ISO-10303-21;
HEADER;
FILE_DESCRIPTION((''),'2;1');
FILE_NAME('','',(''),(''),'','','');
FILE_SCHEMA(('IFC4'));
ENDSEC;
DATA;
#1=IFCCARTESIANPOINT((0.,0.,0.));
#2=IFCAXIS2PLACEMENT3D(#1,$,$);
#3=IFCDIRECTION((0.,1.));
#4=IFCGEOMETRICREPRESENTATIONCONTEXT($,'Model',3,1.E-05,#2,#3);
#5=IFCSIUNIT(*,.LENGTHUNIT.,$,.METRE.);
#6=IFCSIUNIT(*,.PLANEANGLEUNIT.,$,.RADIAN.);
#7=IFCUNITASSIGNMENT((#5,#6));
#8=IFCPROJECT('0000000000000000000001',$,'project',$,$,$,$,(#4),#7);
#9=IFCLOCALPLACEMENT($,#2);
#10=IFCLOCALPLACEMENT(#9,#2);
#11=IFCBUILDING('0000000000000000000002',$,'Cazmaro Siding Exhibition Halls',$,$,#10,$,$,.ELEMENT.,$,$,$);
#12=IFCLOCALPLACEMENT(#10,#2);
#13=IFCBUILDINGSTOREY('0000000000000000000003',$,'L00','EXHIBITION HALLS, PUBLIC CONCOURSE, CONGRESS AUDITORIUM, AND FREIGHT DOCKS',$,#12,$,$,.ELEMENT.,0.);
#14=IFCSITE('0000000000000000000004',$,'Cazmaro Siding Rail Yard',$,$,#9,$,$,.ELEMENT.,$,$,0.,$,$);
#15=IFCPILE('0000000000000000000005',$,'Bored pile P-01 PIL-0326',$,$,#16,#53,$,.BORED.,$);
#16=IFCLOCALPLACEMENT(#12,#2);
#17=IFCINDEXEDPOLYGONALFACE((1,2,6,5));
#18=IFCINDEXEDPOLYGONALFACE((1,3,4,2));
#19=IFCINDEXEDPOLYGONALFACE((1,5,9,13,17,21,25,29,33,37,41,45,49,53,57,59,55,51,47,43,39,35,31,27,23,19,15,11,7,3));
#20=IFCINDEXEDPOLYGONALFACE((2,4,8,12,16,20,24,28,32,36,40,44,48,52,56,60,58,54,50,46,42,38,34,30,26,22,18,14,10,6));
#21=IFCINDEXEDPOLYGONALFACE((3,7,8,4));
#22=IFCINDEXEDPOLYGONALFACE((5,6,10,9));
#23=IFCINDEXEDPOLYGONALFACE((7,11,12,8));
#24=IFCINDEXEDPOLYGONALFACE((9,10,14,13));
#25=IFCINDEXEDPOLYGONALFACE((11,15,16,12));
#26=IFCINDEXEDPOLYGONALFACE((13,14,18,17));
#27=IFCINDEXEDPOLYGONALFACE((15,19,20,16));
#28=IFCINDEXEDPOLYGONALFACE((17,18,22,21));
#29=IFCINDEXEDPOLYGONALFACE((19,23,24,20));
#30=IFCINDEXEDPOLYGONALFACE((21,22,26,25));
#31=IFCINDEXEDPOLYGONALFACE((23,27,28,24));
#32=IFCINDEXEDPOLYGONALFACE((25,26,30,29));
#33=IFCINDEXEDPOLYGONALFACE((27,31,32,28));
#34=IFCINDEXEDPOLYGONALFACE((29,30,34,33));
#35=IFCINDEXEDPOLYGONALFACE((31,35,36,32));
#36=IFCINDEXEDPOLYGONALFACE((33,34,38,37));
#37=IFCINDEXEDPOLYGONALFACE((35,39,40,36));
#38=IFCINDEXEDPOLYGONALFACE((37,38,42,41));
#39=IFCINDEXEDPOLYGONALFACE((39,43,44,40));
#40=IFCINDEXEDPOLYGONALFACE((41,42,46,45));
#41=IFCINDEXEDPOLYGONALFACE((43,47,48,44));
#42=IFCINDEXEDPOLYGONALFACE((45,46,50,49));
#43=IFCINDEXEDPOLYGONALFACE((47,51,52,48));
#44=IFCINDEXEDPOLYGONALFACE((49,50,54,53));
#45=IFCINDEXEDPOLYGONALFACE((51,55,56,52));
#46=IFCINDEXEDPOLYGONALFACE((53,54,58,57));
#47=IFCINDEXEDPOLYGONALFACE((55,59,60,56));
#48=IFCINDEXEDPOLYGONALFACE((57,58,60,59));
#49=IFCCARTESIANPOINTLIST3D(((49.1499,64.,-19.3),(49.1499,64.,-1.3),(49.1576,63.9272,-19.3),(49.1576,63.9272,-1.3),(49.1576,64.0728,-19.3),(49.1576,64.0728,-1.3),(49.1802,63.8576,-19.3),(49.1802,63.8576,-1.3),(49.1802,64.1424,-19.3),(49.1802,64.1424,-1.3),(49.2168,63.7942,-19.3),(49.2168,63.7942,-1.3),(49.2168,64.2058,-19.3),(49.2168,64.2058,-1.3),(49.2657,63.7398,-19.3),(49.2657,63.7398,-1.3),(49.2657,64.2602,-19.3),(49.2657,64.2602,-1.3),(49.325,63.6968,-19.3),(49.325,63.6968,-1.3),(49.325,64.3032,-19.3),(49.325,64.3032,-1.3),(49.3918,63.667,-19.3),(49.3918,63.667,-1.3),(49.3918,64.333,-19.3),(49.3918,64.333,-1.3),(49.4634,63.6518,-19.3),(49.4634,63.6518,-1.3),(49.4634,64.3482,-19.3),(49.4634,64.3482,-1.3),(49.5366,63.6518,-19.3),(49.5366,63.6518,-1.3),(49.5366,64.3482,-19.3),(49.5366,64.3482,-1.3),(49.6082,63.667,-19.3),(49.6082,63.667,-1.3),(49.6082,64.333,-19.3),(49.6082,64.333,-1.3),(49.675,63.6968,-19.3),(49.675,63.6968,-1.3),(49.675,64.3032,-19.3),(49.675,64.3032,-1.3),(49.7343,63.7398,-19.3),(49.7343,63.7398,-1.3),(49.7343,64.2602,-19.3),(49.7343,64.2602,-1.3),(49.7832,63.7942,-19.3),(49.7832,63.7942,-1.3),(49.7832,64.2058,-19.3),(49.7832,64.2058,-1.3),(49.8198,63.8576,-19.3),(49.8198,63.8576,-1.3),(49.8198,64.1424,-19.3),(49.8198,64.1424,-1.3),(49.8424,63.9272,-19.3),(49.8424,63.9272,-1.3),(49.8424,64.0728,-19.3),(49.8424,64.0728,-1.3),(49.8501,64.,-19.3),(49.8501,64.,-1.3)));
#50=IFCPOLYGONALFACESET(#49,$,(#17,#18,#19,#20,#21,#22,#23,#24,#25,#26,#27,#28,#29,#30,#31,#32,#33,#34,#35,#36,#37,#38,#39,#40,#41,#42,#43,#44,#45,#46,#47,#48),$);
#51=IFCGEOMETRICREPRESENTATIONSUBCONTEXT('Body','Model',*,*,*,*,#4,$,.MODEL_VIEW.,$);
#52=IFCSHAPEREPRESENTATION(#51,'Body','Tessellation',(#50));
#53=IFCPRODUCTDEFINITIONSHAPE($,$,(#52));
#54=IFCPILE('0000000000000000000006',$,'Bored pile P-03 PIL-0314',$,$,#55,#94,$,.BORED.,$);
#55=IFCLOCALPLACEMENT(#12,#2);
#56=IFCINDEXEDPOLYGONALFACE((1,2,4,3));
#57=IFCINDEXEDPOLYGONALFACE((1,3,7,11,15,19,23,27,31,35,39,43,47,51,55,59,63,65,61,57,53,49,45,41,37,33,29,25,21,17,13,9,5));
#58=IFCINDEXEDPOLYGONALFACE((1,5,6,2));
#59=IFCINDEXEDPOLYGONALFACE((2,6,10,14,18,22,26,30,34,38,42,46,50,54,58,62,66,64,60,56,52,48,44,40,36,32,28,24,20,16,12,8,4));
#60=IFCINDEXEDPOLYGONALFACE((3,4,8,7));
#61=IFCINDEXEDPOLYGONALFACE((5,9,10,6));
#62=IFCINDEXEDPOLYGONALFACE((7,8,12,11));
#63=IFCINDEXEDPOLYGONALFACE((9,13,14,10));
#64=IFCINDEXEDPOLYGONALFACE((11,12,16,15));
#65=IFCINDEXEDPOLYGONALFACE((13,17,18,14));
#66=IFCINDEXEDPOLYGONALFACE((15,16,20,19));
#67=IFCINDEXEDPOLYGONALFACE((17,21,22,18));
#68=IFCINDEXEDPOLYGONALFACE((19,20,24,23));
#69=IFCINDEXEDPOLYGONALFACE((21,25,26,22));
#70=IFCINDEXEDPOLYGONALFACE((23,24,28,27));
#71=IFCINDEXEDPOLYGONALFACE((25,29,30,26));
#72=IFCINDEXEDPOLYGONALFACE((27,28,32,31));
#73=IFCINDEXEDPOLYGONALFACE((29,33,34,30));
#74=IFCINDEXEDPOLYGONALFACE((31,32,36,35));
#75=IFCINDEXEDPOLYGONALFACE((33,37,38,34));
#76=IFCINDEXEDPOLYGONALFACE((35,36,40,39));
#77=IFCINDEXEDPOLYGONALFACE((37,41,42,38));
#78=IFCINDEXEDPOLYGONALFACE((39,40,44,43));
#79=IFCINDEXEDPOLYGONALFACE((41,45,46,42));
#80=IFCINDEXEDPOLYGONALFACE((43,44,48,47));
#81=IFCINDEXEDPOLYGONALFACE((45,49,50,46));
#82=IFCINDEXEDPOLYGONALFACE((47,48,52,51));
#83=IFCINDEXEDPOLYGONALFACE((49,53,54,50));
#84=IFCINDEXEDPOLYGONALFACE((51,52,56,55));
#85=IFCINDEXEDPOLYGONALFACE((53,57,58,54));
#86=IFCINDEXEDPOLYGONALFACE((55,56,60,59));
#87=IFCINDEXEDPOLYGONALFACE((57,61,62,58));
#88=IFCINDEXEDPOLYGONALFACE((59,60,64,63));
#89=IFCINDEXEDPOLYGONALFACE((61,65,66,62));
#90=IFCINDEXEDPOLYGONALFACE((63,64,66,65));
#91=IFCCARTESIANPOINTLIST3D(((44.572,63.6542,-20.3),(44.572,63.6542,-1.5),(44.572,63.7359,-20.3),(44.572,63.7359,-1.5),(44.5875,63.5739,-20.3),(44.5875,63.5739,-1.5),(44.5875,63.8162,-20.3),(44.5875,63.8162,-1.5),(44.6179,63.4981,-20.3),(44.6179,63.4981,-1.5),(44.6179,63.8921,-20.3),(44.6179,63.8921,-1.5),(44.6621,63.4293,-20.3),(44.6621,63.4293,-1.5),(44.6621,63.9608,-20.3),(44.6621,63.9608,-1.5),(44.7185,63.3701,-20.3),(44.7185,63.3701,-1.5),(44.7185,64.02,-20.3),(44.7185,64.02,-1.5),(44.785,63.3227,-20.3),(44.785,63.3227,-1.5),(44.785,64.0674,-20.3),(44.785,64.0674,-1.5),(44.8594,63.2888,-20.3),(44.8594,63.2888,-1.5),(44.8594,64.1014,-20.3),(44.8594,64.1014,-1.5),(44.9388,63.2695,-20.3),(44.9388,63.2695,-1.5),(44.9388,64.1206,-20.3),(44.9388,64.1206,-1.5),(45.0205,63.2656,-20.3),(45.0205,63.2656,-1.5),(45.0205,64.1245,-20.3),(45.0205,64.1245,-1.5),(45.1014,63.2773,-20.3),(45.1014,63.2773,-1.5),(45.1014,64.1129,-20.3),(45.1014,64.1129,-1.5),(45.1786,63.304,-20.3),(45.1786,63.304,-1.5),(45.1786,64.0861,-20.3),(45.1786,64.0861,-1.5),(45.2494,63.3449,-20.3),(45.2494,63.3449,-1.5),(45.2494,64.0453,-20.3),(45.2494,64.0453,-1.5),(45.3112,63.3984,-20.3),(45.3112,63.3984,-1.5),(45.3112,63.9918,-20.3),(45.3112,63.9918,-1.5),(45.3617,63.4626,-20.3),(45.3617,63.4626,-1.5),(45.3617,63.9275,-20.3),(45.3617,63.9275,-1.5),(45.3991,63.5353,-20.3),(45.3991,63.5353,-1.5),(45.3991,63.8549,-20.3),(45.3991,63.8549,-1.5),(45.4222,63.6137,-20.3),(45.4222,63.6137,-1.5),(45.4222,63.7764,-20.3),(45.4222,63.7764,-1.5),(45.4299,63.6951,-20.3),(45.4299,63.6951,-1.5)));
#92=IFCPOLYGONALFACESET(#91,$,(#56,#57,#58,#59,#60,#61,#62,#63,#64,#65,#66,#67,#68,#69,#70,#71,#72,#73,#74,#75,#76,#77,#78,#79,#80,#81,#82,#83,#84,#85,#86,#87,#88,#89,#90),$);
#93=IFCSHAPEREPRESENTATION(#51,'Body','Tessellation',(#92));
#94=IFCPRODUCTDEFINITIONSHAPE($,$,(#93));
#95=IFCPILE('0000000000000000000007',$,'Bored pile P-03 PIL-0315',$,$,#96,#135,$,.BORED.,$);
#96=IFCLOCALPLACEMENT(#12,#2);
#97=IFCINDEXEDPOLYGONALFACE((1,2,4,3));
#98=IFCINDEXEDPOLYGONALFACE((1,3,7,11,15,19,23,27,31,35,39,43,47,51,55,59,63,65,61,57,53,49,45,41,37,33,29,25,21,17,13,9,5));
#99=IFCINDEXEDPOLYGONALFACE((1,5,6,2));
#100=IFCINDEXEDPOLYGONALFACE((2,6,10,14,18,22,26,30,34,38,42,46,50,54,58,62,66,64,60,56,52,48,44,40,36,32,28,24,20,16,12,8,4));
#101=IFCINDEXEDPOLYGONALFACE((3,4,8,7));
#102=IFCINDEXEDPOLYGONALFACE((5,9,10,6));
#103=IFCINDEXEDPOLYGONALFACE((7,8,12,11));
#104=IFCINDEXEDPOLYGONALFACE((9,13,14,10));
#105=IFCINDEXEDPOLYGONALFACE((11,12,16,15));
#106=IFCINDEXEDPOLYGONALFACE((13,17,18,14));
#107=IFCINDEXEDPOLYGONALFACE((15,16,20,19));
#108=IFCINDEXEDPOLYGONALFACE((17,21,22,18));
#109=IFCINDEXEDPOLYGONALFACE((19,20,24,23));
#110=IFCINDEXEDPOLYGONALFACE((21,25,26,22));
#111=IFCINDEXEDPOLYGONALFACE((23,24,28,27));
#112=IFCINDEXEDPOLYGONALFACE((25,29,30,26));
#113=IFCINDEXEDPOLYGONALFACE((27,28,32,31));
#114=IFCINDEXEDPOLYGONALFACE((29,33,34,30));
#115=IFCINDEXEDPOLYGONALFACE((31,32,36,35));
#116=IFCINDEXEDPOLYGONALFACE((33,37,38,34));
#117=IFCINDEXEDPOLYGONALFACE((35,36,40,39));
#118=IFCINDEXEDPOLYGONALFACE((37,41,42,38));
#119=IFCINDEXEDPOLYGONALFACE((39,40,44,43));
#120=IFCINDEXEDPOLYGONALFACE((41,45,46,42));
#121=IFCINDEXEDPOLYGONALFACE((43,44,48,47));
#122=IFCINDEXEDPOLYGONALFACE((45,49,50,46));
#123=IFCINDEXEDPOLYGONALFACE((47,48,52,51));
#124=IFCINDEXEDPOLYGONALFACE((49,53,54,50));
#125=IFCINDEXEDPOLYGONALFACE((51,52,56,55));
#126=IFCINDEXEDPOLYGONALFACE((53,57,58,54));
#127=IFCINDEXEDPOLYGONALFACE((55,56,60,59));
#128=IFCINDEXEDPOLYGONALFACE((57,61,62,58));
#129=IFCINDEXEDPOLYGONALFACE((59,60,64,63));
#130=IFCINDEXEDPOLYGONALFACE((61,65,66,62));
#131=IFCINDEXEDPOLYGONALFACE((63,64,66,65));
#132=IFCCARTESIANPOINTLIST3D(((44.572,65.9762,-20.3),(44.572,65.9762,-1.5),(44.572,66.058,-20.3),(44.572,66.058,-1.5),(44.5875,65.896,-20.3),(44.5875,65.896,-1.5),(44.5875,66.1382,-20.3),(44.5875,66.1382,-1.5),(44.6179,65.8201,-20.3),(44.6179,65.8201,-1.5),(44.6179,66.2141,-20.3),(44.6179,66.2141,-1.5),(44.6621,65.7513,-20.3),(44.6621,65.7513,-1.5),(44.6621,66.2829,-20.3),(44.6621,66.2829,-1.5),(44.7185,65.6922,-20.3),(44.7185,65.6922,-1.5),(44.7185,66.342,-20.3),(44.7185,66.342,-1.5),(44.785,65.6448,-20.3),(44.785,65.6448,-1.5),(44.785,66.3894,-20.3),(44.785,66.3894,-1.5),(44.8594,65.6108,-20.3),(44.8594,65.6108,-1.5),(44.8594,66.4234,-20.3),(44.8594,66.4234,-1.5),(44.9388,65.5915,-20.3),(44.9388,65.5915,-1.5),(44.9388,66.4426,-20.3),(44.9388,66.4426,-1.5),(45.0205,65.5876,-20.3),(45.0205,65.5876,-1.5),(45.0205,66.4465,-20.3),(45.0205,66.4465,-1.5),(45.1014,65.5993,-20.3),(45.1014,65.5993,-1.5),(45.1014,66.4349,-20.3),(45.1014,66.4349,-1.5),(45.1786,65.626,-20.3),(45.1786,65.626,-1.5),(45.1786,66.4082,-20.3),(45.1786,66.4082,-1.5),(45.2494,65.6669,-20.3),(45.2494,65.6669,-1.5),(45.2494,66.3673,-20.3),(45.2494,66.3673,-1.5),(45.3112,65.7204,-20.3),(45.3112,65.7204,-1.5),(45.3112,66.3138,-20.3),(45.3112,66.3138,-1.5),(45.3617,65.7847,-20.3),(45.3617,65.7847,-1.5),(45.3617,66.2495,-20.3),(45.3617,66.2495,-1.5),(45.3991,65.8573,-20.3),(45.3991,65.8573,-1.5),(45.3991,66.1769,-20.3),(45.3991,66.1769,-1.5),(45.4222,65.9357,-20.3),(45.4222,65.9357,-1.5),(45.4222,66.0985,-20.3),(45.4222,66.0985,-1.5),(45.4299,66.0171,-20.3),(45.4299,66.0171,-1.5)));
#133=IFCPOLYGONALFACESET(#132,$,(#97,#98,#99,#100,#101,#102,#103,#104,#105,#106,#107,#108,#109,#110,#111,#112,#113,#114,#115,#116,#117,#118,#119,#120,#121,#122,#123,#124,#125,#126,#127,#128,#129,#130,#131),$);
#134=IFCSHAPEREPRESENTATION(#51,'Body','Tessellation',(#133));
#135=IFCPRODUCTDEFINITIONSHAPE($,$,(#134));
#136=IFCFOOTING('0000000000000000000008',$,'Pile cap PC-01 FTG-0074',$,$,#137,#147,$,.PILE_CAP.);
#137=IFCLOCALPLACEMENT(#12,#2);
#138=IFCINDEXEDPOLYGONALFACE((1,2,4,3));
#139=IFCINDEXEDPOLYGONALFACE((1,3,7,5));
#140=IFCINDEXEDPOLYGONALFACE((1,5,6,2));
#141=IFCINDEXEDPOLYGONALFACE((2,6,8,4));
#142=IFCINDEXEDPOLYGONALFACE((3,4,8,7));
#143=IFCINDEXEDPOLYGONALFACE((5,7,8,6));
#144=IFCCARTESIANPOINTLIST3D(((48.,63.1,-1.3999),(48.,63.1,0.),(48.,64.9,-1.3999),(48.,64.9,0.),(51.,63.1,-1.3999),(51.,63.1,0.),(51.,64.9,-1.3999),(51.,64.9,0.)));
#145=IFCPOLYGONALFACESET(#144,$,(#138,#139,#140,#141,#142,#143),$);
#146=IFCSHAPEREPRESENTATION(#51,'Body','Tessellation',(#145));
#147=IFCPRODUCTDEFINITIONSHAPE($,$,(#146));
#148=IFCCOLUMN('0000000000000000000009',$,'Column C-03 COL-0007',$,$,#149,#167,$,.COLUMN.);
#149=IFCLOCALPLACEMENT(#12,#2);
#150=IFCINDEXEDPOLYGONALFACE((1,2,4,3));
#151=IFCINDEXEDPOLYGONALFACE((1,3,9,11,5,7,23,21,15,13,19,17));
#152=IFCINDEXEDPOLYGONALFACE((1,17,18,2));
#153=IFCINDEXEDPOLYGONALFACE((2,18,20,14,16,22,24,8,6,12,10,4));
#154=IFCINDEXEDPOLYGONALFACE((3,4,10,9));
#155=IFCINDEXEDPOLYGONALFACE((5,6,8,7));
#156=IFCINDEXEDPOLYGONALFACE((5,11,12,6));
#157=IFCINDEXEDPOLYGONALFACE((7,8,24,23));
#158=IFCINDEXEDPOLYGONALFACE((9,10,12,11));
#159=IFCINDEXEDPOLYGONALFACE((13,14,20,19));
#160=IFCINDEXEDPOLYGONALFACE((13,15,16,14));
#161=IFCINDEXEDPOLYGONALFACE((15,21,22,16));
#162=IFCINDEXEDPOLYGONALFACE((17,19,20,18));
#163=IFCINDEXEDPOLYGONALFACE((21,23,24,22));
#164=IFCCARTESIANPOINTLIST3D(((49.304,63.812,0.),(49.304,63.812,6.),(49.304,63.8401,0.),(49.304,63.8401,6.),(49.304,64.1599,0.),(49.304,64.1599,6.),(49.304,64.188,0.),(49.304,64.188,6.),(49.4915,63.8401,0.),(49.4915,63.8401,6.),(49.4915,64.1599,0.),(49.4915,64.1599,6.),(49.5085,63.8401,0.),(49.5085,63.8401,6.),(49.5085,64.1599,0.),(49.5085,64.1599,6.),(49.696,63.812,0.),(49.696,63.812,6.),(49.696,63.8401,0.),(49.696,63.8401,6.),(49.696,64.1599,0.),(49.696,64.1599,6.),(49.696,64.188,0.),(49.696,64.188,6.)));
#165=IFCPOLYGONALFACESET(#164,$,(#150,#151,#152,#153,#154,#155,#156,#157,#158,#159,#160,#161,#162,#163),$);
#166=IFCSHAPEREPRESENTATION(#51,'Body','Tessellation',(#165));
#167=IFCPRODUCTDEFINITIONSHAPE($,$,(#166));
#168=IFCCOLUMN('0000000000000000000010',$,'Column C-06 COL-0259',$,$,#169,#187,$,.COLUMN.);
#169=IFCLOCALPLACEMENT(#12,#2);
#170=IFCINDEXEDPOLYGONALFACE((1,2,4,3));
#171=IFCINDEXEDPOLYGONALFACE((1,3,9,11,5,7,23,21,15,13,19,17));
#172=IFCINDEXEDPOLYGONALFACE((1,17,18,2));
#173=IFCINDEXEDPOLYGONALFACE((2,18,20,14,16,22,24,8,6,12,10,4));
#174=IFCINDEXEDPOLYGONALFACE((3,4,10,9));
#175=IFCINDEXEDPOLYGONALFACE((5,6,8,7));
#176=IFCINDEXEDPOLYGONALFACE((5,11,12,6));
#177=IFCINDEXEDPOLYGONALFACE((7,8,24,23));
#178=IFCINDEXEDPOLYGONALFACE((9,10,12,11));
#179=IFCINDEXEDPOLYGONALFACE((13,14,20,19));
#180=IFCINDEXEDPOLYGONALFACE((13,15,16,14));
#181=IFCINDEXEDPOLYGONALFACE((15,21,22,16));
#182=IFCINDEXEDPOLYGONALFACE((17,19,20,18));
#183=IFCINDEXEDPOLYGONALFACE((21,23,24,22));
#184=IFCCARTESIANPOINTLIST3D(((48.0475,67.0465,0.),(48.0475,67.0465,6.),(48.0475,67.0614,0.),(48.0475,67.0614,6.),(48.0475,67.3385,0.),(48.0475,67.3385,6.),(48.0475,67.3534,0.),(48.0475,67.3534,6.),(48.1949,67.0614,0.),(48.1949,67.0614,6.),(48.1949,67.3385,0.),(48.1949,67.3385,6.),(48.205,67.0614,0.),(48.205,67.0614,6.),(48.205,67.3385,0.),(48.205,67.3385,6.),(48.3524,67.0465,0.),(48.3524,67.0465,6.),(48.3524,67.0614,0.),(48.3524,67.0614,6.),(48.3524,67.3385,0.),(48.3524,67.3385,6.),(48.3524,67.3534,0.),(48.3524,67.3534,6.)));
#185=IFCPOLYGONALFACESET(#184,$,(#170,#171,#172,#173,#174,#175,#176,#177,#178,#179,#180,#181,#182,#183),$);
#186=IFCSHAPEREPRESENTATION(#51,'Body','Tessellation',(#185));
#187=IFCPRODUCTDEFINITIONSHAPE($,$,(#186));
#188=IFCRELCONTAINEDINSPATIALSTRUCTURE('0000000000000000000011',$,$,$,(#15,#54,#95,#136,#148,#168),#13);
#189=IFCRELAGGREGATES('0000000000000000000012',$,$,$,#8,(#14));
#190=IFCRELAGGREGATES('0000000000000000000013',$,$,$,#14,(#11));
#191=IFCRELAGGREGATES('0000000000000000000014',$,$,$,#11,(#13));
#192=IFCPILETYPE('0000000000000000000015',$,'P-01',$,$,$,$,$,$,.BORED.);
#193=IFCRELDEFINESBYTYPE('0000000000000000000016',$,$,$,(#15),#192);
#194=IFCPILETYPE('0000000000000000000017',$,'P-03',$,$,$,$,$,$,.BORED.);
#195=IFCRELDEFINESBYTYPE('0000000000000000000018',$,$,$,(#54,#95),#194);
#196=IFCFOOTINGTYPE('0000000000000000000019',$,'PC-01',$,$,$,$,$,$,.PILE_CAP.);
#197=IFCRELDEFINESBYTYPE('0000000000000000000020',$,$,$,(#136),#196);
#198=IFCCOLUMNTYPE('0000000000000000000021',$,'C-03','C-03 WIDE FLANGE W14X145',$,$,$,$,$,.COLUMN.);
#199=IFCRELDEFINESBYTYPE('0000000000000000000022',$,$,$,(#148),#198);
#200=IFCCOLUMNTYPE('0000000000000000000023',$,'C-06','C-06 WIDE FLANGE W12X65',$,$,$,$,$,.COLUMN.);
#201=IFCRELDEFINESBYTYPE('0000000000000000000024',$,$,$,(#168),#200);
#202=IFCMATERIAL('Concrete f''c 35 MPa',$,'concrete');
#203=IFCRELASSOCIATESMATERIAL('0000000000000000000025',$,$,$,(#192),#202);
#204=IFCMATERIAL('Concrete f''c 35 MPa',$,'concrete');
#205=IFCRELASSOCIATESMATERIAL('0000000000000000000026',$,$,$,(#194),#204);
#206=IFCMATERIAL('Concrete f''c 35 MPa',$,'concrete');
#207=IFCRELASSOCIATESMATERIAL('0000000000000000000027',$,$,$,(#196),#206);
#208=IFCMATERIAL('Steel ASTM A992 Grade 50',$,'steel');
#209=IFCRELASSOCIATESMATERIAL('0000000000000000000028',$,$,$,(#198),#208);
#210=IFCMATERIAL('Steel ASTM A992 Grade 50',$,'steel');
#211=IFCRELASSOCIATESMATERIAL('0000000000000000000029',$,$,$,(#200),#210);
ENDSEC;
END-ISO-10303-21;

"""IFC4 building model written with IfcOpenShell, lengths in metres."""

from ifc_helpers import new_model, si_unit, direction, frame, origin, origin_2d, place, context, subcontext, project, spatial, rectangle, circle, i_section, extrude, material, material_profile, profile_set, type_object, element, save


model = new_model("IFC4")

# Units and contexts
model_context = context("Model", 3, precision=1e-05, world=origin(), true_north=direction((0.0, 1.0)))
body_context = subcontext(model_context, "Body", "Model", "MODEL_VIEW")
ifc_project = project(units=[si_unit("LENGTHUNIT", "METRE"), si_unit("PLANEANGLEUNIT", "RADIAN")], contexts=[model_context])

# Site, building, storey
site_placement = place(None, origin())
site = spatial("IfcSite", under=ifc_project, at=site_placement, Name="Cazmaro Siding Rail Yard", CompositionType="ELEMENT", RefElevation=0.0)
building_placement = place(site_placement, origin())
building = spatial("IfcBuilding", under=site, at=building_placement, Name="Cazmaro Siding Exhibition Halls", CompositionType="ELEMENT")
storey_placement = place(building_placement, origin())
storey = spatial("IfcBuildingStorey", under=building, at=storey_placement, Name="L00", Description="EXHIBITION HALLS, PUBLIC CONCOURSE, CONGRESS AUDITORIUM, AND FREIGHT DOCKS", CompositionType="ELEMENT", Elevation=0.0)

# Piles
ifc_material_1 = material(Name="Concrete f'c 35 MPa", Category="concrete")
ifc_material_profile_1 = material_profile(ifc_material_1, circle(Radius=0.3501, at=origin_2d()), Name="CIDH-700")
ifc_profile_set_1 = profile_set([ifc_material_profile_1], Name="Concrete f'c 35 MPa")
pile_type_1 = type_object("IfcPileType", Name="P-01", PredefinedType="BORED", material=ifc_profile_set_1)
pile_placement = place(storey_placement, frame((49.5, 64.0, -1.3), z_axis=(0.0, 0.0, -1.0), x_axis=(1.0, 0.0, 0.0)))
element("IfcPile", 1, at=pile_placement, inside=storey, type_object=pile_type_1, Name="Bored pile P-01 PIL-0326", PredefinedType="BORED", context=body_context, shape_type="SweptSolid", body=[
    extrude(circle(Radius=0.3501, at=origin_2d()), origin(), (0.0, 0.0, 1.0), 18.0),
])
ifc_material_2 = material(Name="Concrete f'c 35 MPa", Category="concrete")
ifc_material_profile_2 = material_profile(ifc_material_2, circle(Radius=0.4299, at=origin_2d()), Name="CIDH-860")
ifc_profile_set_2 = profile_set([ifc_material_profile_2], Name="Concrete f'c 35 MPa")
pile_type_2 = type_object("IfcPileType", Name="P-03", PredefinedType="BORED", material=ifc_profile_set_2)
for number, where, z_axis, x_axis, name in (
    (2, (45.0, 63.6951, -1.5), (0.0, 0.0, -1.0), (1.0, 0.0, 0.0), "Bored pile P-03 PIL-0314"),
    (3, (45.0, 66.0171, -1.5), (0.0, 0.0, -1.0), (1.0, 0.0, 0.0), "Bored pile P-03 PIL-0315"),
):
    element("IfcPile", number, at=place(storey_placement, frame(where, z_axis=z_axis, x_axis=x_axis)), inside=storey, type_object=pile_type_2, Name=name, PredefinedType="BORED", context=body_context, shape_type="SweptSolid", body=[
        extrude(circle(Radius=0.4299, at=origin_2d()), origin(), (0.0, 0.0, 1.0), 18.8),
    ])

# Footing
ifc_material_3 = material(Name="Concrete f'c 35 MPa", Category="concrete")
footing_type = type_object("IfcFootingType", Name="PC-01", PredefinedType="PILE_CAP", material=ifc_material_3)
footing_placement = place(storey_placement, frame((49.5, 64.0, -1.3999), z_axis=(0.0, 0.0, 1.0), x_axis=(1.0, 0.0, 0.0)))
element("IfcFooting", 4, at=footing_placement, inside=storey, type_object=footing_type, Name="Pile cap PC-01 FTG-0074", PredefinedType="PILE_CAP", context=body_context, shape_type="SweptSolid", body=[
    extrude(rectangle(XDim=3.0, YDim=1.8, at=origin_2d()), origin(), (0.0, 0.0, 1.0), 1.3999),
])

# Columns
ifc_material_4 = material(Name="Steel ASTM A992 Grade 50", Category="steel")
ifc_material_profile_3 = material_profile(ifc_material_4, i_section(OverallWidth=0.3921, OverallDepth=0.376, WebThickness=0.0171, FlangeThickness=0.0281, at=origin_2d()), Name="W14X145")
ifc_profile_set_3 = profile_set([ifc_material_profile_3], Name="Steel ASTM A992 Grade 50")
column_type_1 = type_object("IfcColumnType", Name="C-03", Description="C-03 WIDE FLANGE W14X145", PredefinedType="COLUMN", material=ifc_profile_set_3)
column_1_placement = place(storey_placement, frame((49.5, 64.0, 0.0), z_axis=(0.0, 0.0, 1.0), x_axis=(1.0, 0.0, 0.0)))
element("IfcColumn", 5, at=column_1_placement, inside=storey, type_object=column_type_1, Name="Column C-03 COL-0007", PredefinedType="COLUMN", context=body_context, shape_type="SweptSolid", body=[
    extrude(i_section(OverallWidth=0.3921, OverallDepth=0.376, WebThickness=0.0171, FlangeThickness=0.0281, at=origin_2d()), origin(), (0.0, 0.0, 1.0), 6.0),
])
ifc_material_5 = material(Name="Steel ASTM A992 Grade 50", Category="steel")
ifc_material_profile_4 = material_profile(ifc_material_5, i_section(OverallWidth=0.3049, OverallDepth=0.3069, WebThickness=0.01, FlangeThickness=0.0149, at=origin_2d()), Name="W12X65")
ifc_profile_set_4 = profile_set([ifc_material_profile_4], Name="Steel ASTM A992 Grade 50")
column_type_2 = type_object("IfcColumnType", Name="C-06", Description="C-06 WIDE FLANGE W12X65", PredefinedType="COLUMN", material=ifc_profile_set_4)
column_2_placement = place(storey_placement, frame((48.2, 67.2, 0.0), z_axis=(0.0, 0.0, 1.0), x_axis=(1.0, 0.0, 0.0)))
element("IfcColumn", 6, at=column_2_placement, inside=storey, type_object=column_type_2, Name="Column C-06 COL-0259", PredefinedType="COLUMN", context=body_context, shape_type="SweptSolid", body=[
    extrude(i_section(OverallWidth=0.3049, OverallDepth=0.3069, WebThickness=0.01, FlangeThickness=0.0149, at=origin_2d()), origin(), (0.0, 0.0, 1.0), 6.0),
])

save(model, "model.ifc")
